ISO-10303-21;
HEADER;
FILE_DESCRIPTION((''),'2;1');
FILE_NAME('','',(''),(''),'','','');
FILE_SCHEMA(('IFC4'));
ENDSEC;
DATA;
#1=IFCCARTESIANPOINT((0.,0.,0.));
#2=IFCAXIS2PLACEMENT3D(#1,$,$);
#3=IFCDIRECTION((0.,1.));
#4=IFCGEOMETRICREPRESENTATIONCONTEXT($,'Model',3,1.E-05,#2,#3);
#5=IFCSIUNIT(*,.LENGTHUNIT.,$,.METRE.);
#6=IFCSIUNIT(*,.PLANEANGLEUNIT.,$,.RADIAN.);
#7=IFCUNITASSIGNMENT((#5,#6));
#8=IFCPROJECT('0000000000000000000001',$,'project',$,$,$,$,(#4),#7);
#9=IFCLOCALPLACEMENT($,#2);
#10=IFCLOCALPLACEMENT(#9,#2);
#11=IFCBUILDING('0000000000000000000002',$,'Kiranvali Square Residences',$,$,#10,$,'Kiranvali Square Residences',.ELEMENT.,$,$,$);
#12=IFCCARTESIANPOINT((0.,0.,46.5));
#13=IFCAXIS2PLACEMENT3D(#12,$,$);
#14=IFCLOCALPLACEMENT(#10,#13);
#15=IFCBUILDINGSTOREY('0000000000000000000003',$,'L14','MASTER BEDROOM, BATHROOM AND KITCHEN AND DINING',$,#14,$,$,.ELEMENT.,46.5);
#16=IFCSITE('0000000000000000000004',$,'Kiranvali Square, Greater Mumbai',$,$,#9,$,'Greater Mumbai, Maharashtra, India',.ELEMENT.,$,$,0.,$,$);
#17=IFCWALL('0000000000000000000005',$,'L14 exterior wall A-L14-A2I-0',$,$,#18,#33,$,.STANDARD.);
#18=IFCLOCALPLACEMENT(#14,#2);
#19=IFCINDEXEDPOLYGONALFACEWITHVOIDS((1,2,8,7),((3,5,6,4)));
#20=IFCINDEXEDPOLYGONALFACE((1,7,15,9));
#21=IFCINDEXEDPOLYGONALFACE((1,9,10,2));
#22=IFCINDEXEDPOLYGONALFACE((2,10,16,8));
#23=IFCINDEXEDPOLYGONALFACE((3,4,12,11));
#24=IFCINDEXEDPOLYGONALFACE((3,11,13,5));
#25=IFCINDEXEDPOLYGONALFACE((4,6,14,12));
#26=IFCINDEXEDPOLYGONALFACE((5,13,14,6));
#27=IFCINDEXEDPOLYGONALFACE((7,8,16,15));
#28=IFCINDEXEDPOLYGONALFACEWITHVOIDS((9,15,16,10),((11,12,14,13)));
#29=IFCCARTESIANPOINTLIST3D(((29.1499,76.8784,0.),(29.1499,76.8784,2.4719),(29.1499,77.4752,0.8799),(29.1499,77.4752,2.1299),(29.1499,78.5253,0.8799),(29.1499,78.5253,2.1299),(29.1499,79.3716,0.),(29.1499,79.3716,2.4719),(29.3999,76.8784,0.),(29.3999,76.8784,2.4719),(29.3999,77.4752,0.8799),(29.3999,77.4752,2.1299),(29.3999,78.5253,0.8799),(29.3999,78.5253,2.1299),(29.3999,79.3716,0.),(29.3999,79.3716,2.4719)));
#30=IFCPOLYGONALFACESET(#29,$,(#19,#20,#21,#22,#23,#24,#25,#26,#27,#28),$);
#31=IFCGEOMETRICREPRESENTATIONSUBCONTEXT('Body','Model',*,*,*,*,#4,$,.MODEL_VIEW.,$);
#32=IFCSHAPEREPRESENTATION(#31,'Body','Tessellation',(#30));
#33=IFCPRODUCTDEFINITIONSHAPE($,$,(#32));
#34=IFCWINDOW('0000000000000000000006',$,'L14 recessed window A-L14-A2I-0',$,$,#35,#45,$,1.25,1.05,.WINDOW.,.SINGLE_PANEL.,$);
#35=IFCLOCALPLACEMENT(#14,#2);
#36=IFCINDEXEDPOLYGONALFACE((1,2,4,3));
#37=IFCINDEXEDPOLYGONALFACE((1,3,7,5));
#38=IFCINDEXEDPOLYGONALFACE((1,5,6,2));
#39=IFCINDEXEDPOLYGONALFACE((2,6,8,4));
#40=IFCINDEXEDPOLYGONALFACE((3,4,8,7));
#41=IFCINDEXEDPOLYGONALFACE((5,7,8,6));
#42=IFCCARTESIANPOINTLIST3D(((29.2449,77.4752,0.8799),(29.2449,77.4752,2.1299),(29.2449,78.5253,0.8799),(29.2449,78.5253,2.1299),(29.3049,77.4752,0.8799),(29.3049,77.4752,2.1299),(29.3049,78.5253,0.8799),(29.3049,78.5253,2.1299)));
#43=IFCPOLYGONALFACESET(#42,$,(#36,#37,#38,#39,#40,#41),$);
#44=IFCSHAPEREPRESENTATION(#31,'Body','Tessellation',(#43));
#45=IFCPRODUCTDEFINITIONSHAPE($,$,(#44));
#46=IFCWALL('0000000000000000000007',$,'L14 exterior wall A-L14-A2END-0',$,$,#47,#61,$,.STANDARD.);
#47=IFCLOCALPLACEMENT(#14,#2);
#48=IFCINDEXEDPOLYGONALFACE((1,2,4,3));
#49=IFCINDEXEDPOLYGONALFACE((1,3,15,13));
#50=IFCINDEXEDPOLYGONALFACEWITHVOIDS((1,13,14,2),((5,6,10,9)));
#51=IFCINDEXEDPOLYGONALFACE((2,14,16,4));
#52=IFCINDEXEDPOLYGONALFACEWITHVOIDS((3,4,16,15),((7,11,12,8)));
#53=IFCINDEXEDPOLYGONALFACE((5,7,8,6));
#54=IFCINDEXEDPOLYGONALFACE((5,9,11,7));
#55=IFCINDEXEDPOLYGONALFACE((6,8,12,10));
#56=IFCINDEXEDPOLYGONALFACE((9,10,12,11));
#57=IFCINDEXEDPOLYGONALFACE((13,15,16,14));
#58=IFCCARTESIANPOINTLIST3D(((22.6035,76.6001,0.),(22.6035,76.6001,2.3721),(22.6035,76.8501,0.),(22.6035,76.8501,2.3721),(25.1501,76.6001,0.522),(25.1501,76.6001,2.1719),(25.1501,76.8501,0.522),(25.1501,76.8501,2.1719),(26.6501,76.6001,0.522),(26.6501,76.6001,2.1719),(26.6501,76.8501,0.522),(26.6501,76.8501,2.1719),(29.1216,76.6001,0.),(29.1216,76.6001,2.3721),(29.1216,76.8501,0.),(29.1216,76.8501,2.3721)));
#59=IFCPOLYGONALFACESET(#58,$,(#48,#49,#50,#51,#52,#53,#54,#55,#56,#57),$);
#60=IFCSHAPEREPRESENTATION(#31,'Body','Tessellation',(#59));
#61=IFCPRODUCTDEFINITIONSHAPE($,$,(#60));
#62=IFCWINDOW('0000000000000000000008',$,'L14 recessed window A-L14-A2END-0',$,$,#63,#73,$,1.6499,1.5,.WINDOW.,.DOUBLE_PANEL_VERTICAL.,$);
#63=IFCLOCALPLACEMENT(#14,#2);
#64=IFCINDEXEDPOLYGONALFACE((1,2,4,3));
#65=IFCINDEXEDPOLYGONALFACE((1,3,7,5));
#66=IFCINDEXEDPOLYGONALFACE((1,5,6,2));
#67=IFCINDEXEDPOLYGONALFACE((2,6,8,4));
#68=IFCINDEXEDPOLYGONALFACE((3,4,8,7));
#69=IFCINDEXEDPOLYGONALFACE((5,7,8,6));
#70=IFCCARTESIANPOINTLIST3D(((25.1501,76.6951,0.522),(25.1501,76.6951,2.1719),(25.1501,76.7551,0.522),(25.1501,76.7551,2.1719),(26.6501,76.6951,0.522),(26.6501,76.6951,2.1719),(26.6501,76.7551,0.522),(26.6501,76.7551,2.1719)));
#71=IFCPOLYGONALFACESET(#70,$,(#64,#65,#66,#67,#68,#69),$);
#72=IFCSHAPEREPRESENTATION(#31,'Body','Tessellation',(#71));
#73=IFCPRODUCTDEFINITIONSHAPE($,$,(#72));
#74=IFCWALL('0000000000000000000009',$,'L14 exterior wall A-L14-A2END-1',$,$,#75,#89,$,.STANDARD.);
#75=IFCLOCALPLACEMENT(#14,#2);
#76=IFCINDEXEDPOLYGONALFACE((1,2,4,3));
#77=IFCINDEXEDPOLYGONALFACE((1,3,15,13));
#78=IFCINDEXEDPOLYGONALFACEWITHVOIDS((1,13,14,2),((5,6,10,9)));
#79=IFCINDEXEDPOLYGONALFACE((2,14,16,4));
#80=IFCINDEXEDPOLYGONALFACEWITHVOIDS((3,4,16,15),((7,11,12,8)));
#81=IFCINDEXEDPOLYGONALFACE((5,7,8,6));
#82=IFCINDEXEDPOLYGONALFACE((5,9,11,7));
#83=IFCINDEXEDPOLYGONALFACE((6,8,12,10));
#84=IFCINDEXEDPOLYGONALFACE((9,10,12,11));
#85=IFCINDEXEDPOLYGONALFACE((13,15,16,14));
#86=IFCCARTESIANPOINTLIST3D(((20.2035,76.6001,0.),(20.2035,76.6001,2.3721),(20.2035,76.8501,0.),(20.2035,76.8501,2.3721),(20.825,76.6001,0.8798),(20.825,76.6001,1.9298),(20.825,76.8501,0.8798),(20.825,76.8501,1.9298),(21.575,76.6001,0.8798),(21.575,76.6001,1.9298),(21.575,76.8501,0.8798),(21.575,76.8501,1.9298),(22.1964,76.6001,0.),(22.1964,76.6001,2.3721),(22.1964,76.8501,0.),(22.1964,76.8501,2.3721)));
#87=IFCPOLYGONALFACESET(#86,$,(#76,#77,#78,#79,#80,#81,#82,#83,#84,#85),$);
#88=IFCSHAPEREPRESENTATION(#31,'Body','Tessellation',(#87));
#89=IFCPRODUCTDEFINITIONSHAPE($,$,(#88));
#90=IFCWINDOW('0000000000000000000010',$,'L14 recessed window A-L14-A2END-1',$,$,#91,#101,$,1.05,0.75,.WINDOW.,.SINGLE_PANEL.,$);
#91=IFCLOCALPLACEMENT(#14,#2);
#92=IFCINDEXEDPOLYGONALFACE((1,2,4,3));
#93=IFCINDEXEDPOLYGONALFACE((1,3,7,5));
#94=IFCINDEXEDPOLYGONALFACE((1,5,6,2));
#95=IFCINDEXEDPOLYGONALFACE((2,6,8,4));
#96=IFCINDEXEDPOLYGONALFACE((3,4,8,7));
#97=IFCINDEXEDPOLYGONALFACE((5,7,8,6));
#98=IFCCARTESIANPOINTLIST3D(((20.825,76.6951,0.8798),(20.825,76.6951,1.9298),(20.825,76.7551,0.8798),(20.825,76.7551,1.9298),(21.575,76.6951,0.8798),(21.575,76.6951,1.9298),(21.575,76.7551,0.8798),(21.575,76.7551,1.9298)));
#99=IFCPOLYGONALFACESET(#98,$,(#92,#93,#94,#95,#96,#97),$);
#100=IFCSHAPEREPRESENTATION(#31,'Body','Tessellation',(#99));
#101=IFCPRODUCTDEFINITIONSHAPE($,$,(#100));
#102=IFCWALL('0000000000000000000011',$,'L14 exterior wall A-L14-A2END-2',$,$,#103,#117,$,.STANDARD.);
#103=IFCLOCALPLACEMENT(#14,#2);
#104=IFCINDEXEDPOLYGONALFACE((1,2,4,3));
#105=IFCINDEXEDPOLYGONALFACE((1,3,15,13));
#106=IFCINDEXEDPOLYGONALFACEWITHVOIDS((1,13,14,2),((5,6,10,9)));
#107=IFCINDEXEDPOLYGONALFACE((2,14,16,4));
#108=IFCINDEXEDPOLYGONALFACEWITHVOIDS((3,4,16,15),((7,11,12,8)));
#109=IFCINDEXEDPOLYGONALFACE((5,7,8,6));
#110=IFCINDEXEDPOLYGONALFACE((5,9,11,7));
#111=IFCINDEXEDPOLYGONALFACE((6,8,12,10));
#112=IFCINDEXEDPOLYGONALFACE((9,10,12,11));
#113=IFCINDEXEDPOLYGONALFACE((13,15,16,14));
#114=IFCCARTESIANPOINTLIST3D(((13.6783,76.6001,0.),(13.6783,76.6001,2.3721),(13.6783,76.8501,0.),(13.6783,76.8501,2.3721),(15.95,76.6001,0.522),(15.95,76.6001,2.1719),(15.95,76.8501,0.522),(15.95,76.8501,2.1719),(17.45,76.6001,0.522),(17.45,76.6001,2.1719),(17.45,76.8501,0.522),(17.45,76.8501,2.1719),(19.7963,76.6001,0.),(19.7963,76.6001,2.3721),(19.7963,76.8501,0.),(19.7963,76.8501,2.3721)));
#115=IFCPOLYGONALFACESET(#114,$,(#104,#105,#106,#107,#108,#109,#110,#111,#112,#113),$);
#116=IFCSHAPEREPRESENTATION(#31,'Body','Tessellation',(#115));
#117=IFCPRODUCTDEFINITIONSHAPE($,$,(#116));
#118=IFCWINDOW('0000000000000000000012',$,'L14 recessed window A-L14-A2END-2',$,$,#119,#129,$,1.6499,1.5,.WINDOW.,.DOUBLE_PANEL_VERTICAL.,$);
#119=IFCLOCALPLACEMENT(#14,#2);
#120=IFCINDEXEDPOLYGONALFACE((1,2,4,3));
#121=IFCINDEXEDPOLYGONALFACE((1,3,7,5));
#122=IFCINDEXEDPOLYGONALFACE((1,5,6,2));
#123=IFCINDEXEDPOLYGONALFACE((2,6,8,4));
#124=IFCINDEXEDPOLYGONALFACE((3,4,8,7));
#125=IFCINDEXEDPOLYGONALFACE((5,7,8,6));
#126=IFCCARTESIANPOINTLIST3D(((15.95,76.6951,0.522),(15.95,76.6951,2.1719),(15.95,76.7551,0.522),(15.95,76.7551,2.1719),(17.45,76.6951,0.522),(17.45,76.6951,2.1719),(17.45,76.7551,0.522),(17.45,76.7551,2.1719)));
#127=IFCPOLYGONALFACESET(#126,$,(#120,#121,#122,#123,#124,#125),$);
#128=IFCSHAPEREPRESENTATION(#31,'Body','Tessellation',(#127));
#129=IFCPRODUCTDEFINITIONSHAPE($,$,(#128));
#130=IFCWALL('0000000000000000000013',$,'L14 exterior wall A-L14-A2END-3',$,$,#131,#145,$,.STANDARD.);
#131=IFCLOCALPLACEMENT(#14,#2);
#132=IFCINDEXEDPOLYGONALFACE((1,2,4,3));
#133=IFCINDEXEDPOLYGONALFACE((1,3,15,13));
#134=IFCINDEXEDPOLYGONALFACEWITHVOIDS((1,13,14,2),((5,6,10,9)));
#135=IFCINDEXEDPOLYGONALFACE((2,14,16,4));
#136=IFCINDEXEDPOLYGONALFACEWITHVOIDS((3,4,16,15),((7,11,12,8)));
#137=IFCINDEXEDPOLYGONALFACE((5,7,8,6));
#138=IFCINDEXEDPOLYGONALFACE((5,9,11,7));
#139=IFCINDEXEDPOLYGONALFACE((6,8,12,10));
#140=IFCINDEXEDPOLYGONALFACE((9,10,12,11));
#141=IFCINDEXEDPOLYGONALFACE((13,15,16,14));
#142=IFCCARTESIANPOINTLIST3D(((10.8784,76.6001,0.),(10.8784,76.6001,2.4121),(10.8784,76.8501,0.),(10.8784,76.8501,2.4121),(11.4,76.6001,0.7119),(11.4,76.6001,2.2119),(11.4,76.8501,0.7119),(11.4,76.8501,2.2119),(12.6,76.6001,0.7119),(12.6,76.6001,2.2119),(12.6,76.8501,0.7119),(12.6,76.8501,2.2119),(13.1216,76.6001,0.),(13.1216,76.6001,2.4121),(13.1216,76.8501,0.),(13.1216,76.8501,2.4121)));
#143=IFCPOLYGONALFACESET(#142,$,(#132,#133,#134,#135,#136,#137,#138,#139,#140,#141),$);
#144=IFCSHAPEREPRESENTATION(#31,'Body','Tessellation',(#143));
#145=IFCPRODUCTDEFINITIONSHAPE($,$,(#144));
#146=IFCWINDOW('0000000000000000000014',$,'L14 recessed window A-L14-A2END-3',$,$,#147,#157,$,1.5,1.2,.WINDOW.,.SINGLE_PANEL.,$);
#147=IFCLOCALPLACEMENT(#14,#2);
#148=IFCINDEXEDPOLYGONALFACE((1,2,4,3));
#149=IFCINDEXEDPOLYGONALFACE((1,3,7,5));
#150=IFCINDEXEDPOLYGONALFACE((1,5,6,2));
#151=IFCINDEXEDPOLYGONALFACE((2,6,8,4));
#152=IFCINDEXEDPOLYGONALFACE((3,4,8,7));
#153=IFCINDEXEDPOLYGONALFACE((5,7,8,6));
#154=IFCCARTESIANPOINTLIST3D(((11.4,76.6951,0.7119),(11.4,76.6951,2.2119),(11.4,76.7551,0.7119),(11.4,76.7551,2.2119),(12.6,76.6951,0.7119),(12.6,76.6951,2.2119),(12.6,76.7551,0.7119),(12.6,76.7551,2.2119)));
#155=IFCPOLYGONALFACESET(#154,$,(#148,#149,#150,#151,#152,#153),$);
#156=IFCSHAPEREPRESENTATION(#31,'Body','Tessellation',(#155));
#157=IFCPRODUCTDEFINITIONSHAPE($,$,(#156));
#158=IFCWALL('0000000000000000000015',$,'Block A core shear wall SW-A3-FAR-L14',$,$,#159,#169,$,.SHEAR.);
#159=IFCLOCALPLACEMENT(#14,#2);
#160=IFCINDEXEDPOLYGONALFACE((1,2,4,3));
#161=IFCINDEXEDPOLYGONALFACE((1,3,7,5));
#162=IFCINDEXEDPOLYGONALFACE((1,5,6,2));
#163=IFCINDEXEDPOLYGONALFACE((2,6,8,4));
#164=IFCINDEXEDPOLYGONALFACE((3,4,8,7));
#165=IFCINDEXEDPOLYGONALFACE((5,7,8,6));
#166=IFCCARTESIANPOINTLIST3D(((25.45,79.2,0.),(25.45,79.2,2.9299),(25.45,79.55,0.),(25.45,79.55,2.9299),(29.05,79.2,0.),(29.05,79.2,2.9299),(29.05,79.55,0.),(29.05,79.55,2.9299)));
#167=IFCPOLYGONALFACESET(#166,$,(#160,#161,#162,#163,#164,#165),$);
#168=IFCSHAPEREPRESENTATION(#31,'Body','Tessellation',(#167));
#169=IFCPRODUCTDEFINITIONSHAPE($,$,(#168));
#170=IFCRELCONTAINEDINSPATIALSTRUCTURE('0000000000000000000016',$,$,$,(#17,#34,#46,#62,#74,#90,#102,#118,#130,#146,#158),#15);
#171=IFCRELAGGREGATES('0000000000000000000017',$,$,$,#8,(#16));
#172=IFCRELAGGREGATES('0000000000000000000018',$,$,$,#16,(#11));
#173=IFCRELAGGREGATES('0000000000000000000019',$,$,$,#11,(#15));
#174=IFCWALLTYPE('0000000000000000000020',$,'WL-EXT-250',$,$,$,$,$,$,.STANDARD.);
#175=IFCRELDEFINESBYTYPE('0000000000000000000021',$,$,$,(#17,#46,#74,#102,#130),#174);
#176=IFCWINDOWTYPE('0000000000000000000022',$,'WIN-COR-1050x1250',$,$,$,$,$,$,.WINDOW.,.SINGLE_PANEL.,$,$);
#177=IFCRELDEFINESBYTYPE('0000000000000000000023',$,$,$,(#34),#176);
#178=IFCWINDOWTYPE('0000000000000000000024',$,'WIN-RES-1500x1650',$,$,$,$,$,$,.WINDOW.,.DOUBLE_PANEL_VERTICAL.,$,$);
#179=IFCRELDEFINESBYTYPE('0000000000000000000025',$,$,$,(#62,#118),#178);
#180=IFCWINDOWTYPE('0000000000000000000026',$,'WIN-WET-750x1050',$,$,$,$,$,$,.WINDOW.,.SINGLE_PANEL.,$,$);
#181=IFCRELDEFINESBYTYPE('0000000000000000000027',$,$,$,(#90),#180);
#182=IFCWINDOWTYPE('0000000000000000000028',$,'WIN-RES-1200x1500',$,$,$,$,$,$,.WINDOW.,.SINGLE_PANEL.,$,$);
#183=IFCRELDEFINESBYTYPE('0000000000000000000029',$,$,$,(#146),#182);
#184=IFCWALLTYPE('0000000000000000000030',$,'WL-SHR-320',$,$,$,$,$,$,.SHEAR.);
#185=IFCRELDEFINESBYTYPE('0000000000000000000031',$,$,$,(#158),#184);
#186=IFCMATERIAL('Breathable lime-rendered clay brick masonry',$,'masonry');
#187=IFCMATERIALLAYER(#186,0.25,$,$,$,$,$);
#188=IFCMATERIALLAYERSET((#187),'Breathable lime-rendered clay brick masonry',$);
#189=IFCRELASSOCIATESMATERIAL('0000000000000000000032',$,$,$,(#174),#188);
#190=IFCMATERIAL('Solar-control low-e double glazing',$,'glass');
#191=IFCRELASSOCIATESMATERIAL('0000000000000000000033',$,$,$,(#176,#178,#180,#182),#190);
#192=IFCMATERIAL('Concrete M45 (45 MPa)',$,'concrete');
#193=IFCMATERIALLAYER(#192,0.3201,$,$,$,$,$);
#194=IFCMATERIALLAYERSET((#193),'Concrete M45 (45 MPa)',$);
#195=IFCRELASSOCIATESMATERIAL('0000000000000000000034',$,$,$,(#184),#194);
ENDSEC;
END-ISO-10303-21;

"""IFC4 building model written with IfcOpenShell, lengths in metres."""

from ifc_helpers import new_model, si_unit, direction, frame, frame_2d, origin, place, context, subcontext, project, spatial, rectangle, extrude, material, layer, layer_set, type_object, element, fill, save


model = new_model("IFC4")

# Units and contexts
model_context = context("Model", 3, precision=1e-05, world=origin(), true_north=direction((0.0, 1.0)))
body_context = subcontext(model_context, "Body", "Model", "MODEL_VIEW")
ifc_project = project(units=[si_unit("LENGTHUNIT", "METRE"), si_unit("PLANEANGLEUNIT", "RADIAN")], contexts=[model_context])

# Site, building, storey
site_placement = place(None, origin())
site = spatial("IfcSite", under=ifc_project, at=site_placement, Name="Kiranvali Square, Greater Mumbai", LongName="Greater Mumbai, Maharashtra, India", CompositionType="ELEMENT", RefElevation=0.0)
building_placement = place(site_placement, origin())
building = spatial("IfcBuilding", under=site, at=building_placement, Name="Kiranvali Square Residences", LongName="Kiranvali Square Residences", CompositionType="ELEMENT")
storey_placement = place(building_placement, frame((0.0, 0.0, 46.5)))
storey = spatial("IfcBuildingStorey", under=building, at=storey_placement, Name="L14", Description="MASTER BEDROOM, BATHROOM AND KITCHEN AND DINING", CompositionType="ELEMENT", Elevation=46.5)

# Shared definitions
ifc_material_1 = material(Name="Concrete M45 (45 MPa)", Category="concrete")

# Walls, openings, windows
ifc_material_2 = material(Name="Breathable lime-rendered clay brick masonry", Category="masonry")
ifc_layer_1 = layer(ifc_material_2, 0.25)
ifc_layer_set_1 = layer_set([ifc_layer_1], Name="Breathable lime-rendered clay brick masonry")
wall_type_1 = type_object("IfcWallType", Name="WL-EXT-250", PredefinedType="STANDARD", material=ifc_layer_set_1)
ifc_material_3 = material(Name="Solar-control low-e double glazing", Category="glass")
window_type_1 = type_object("IfcWindowType", Name="WIN-COR-1050x1250", PartitioningType="SINGLE_PANEL", PredefinedType="WINDOW", material=ifc_material_3)
wall_1_placement = place(storey_placement, frame((29.2749, 79.3716, 0.0), z_axis=(0.0, 0.0, 1.0), x_axis=(0.0, -1.0, 0.0)))
wall_1 = element("IfcWall", 1, at=wall_1_placement, inside=storey, type_object=wall_type_1, Name="L14 exterior wall A-L14-A2I-0", PredefinedType="STANDARD", context=body_context, shape_type="SweptSolid", body=[
    extrude(rectangle(XDim=2.4932, YDim=0.25, at=frame_2d((1.2466, 0.0))), origin(), (0.0, 0.0, 1.0), 2.4719),
])
opening_1_placement = place(wall_1_placement, frame((0.8464, 0.0, 0.8799)))
opening_1 = element("IfcOpeningElement", 2, at=opening_1_placement, cuts=wall_1, PredefinedType="OPENING", context=body_context, shape_type="SweptSolid", body=[
    extrude(rectangle(XDim=1.05, YDim=1.25, at=frame_2d((0.5249, 0.625))), frame((0.0, 0.135, 0.0), z_axis=(0.0, -1.0, 0.0), x_axis=(1.0, 0.0, 0.0)), (0.0, 0.0, 1.0), 0.27),
])
window_1_placement = place(opening_1_placement, origin())
window_1 = element("IfcWindow", 3, at=window_1_placement, inside=storey, type_object=window_type_1, Name="L14 recessed window A-L14-A2I-0", OverallHeight=1.25, OverallWidth=1.05, PartitioningType="SINGLE_PANEL", PredefinedType="WINDOW", context=body_context, shape_type="SweptSolid", body=[
    extrude(rectangle(XDim=1.05, YDim=1.25, at=frame_2d((0.5249, 0.625))), frame((0.0, 0.03, 0.0), z_axis=(0.0, -1.0, 0.0), x_axis=(1.0, 0.0, 0.0)), (0.0, 0.0, 1.0), 0.0601),
])
fill(opening_1, window_1)
wall_2_placement = place(storey_placement, frame((29.1216, 76.7251, 0.0), z_axis=(0.0, 0.0, 1.0), x_axis=(-1.0, 0.0, 0.0)))
wall_2 = element("IfcWall", 4, at=wall_2_placement, inside=storey, type_object=wall_type_1, Name="L14 exterior wall A-L14-A2END-0", PredefinedType="STANDARD", context=body_context, shape_type="SweptSolid", body=[
    extrude(rectangle(XDim=6.5181, YDim=0.25, at=frame_2d((3.259, 0.0))), origin(), (0.0, 0.0, 1.0), 2.3721),
])
opening_2_placement = place(wall_2_placement, frame((2.4714, 0.0, 0.522)))
opening_2 = element("IfcOpeningElement", 5, at=opening_2_placement, cuts=wall_2, PredefinedType="OPENING", context=body_context, shape_type="SweptSolid", body=[
    extrude(rectangle(XDim=1.5, YDim=1.6499, at=frame_2d((0.75, 0.825))), frame((0.0, 0.135, 0.0), z_axis=(0.0, -1.0, 0.0), x_axis=(1.0, 0.0, 0.0)), (0.0, 0.0, 1.0), 0.27),
])
window_type_2 = type_object("IfcWindowType", Name="WIN-RES-1500x1650", PartitioningType="DOUBLE_PANEL_VERTICAL", PredefinedType="WINDOW", material=ifc_material_3)
window_2_placement = place(opening_2_placement, origin())
window_2 = element("IfcWindow", 6, at=window_2_placement, inside=storey, type_object=window_type_2, Name="L14 recessed window A-L14-A2END-0", OverallHeight=1.6499, OverallWidth=1.5, PartitioningType="DOUBLE_PANEL_VERTICAL", PredefinedType="WINDOW", context=body_context, shape_type="SweptSolid", body=[
    extrude(rectangle(XDim=1.5, YDim=1.6499, at=frame_2d((0.75, 0.825))), frame((0.0, 0.03, 0.0), z_axis=(0.0, -1.0, 0.0), x_axis=(1.0, 0.0, 0.0)), (0.0, 0.0, 1.0), 0.0601),
])
fill(opening_2, window_2)
wall_3_placement = place(storey_placement, frame((22.1965, 76.7251, 0.0), z_axis=(0.0, 0.0, 1.0), x_axis=(-1.0, 0.0, 0.0)))
wall_3 = element("IfcWall", 7, at=wall_3_placement, inside=storey, type_object=wall_type_1, Name="L14 exterior wall A-L14-A2END-1", PredefinedType="STANDARD", context=body_context, shape_type="SweptSolid", body=[
    extrude(rectangle(XDim=1.9929, YDim=0.25, at=frame_2d((0.9966, 0.0))), origin(), (0.0, 0.0, 1.0), 2.3721),
])
opening_3_placement = place(wall_3_placement, frame((0.6216, 0.0, 0.8799)))
opening_3 = element("IfcOpeningElement", 8, at=opening_3_placement, cuts=wall_3, PredefinedType="OPENING", context=body_context, shape_type="SweptSolid", body=[
    extrude(rectangle(XDim=0.75, YDim=1.05, at=frame_2d((0.375, 0.5249))), frame((0.0, 0.135, 0.0), z_axis=(0.0, -1.0, 0.0), x_axis=(1.0, 0.0, 0.0)), (0.0, 0.0, 1.0), 0.27),
])
window_type_3 = type_object("IfcWindowType", Name="WIN-WET-750x1050", PartitioningType="SINGLE_PANEL", PredefinedType="WINDOW", material=ifc_material_3)
window_3_placement = place(opening_3_placement, origin())
window_3 = element("IfcWindow", 9, at=window_3_placement, inside=storey, type_object=window_type_3, Name="L14 recessed window A-L14-A2END-1", OverallHeight=1.05, OverallWidth=0.75, PartitioningType="SINGLE_PANEL", PredefinedType="WINDOW", context=body_context, shape_type="SweptSolid", body=[
    extrude(rectangle(XDim=0.75, YDim=1.05, at=frame_2d((0.375, 0.5249))), frame((0.0, 0.03, 0.0), z_axis=(0.0, -1.0, 0.0), x_axis=(1.0, 0.0, 0.0)), (0.0, 0.0, 1.0), 0.0601),
])
fill(opening_3, window_3)
wall_4_placement = place(storey_placement, frame((19.7964, 76.7251, 0.0), z_axis=(0.0, 0.0, 1.0), x_axis=(-1.0, 0.0, 0.0)))
wall_4 = element("IfcWall", 10, at=wall_4_placement, inside=storey, type_object=wall_type_1, Name="L14 exterior wall A-L14-A2END-2", PredefinedType="STANDARD", context=body_context, shape_type="SweptSolid", body=[
    extrude(rectangle(XDim=6.1179, YDim=0.25, at=frame_2d((3.0591, 0.0))), origin(), (0.0, 0.0, 1.0), 2.3721),
])
opening_4_placement = place(wall_4_placement, frame((2.3464, 0.0, 0.522)))
opening_4 = element("IfcOpeningElement", 11, at=opening_4_placement, cuts=wall_4, PredefinedType="OPENING", context=body_context, shape_type="SweptSolid", body=[
    extrude(rectangle(XDim=1.5, YDim=1.6499, at=frame_2d((0.75, 0.825))), frame((0.0, 0.135, 0.0), z_axis=(0.0, -1.0, 0.0), x_axis=(1.0, 0.0, 0.0)), (0.0, 0.0, 1.0), 0.27),
])
window_4_placement = place(opening_4_placement, origin())
window_4 = element("IfcWindow", 12, at=window_4_placement, inside=storey, type_object=window_type_2, Name="L14 recessed window A-L14-A2END-2", OverallHeight=1.6499, OverallWidth=1.5, PartitioningType="DOUBLE_PANEL_VERTICAL", PredefinedType="WINDOW", context=body_context, shape_type="SweptSolid", body=[
    extrude(rectangle(XDim=1.5, YDim=1.6499, at=frame_2d((0.75, 0.825))), frame((0.0, 0.03, 0.0), z_axis=(0.0, -1.0, 0.0), x_axis=(1.0, 0.0, 0.0)), (0.0, 0.0, 1.0), 0.0601),
])
fill(opening_4, window_4)
wall_5_placement = place(storey_placement, frame((13.1216, 76.7251, 0.0), z_axis=(0.0, 0.0, 1.0), x_axis=(-1.0, 0.0, 0.0)))
wall_5 = element("IfcWall", 13, at=wall_5_placement, inside=storey, type_object=wall_type_1, Name="L14 exterior wall A-L14-A2END-3", PredefinedType="STANDARD", context=body_context, shape_type="SweptSolid", body=[
    extrude(rectangle(XDim=2.2432, YDim=0.25, at=frame_2d((1.1216, 0.0))), origin(), (0.0, 0.0, 1.0), 2.4121),
])
opening_5_placement = place(wall_5_placement, frame((0.5215, 0.0, 0.7119)))
opening_5 = element("IfcOpeningElement", 14, at=opening_5_placement, cuts=wall_5, PredefinedType="OPENING", context=body_context, shape_type="SweptSolid", body=[
    extrude(rectangle(XDim=1.2, YDim=1.5, at=frame_2d((0.6001, 0.75))), frame((0.0, 0.135, 0.0), z_axis=(0.0, -1.0, 0.0), x_axis=(1.0, 0.0, 0.0)), (0.0, 0.0, 1.0), 0.27),
])
window_type_4 = type_object("IfcWindowType", Name="WIN-RES-1200x1500", PartitioningType="SINGLE_PANEL", PredefinedType="WINDOW", material=ifc_material_3)
window_5_placement = place(opening_5_placement, origin())
window_5 = element("IfcWindow", 15, at=window_5_placement, inside=storey, type_object=window_type_4, Name="L14 recessed window A-L14-A2END-3", OverallHeight=1.5, OverallWidth=1.2, PartitioningType="SINGLE_PANEL", PredefinedType="WINDOW", context=body_context, shape_type="SweptSolid", body=[
    extrude(rectangle(XDim=1.2, YDim=1.5, at=frame_2d((0.6001, 0.75))), frame((0.0, 0.03, 0.0), z_axis=(0.0, -1.0, 0.0), x_axis=(1.0, 0.0, 0.0)), (0.0, 0.0, 1.0), 0.0601),
])
fill(opening_5, window_5)

# Wall
ifc_layer_2 = layer(ifc_material_1, 0.3201)
ifc_layer_set_2 = layer_set([ifc_layer_2], Name="Concrete M45 (45 MPa)")
wall_type_2 = type_object("IfcWallType", Name="WL-SHR-320", PredefinedType="SHEAR", material=ifc_layer_set_2)
wall_6_placement = place(storey_placement, frame((29.05, 79.375, 0.0), z_axis=(0.0, 0.0, 1.0), x_axis=(-1.0, 0.0, 0.0)))
element("IfcWall", 16, at=wall_6_placement, inside=storey, type_object=wall_type_2, Name="Block A core shear wall SW-A3-FAR-L14", PredefinedType="SHEAR", context=body_context, shape_type="SweptSolid", body=[
    extrude(rectangle(XDim=3.6001, YDim=0.3501, at=frame_2d((1.8, 0.0))), origin(), (0.0, 0.0, 1.0), 2.9299),
])

save(model, "model.ifc")
